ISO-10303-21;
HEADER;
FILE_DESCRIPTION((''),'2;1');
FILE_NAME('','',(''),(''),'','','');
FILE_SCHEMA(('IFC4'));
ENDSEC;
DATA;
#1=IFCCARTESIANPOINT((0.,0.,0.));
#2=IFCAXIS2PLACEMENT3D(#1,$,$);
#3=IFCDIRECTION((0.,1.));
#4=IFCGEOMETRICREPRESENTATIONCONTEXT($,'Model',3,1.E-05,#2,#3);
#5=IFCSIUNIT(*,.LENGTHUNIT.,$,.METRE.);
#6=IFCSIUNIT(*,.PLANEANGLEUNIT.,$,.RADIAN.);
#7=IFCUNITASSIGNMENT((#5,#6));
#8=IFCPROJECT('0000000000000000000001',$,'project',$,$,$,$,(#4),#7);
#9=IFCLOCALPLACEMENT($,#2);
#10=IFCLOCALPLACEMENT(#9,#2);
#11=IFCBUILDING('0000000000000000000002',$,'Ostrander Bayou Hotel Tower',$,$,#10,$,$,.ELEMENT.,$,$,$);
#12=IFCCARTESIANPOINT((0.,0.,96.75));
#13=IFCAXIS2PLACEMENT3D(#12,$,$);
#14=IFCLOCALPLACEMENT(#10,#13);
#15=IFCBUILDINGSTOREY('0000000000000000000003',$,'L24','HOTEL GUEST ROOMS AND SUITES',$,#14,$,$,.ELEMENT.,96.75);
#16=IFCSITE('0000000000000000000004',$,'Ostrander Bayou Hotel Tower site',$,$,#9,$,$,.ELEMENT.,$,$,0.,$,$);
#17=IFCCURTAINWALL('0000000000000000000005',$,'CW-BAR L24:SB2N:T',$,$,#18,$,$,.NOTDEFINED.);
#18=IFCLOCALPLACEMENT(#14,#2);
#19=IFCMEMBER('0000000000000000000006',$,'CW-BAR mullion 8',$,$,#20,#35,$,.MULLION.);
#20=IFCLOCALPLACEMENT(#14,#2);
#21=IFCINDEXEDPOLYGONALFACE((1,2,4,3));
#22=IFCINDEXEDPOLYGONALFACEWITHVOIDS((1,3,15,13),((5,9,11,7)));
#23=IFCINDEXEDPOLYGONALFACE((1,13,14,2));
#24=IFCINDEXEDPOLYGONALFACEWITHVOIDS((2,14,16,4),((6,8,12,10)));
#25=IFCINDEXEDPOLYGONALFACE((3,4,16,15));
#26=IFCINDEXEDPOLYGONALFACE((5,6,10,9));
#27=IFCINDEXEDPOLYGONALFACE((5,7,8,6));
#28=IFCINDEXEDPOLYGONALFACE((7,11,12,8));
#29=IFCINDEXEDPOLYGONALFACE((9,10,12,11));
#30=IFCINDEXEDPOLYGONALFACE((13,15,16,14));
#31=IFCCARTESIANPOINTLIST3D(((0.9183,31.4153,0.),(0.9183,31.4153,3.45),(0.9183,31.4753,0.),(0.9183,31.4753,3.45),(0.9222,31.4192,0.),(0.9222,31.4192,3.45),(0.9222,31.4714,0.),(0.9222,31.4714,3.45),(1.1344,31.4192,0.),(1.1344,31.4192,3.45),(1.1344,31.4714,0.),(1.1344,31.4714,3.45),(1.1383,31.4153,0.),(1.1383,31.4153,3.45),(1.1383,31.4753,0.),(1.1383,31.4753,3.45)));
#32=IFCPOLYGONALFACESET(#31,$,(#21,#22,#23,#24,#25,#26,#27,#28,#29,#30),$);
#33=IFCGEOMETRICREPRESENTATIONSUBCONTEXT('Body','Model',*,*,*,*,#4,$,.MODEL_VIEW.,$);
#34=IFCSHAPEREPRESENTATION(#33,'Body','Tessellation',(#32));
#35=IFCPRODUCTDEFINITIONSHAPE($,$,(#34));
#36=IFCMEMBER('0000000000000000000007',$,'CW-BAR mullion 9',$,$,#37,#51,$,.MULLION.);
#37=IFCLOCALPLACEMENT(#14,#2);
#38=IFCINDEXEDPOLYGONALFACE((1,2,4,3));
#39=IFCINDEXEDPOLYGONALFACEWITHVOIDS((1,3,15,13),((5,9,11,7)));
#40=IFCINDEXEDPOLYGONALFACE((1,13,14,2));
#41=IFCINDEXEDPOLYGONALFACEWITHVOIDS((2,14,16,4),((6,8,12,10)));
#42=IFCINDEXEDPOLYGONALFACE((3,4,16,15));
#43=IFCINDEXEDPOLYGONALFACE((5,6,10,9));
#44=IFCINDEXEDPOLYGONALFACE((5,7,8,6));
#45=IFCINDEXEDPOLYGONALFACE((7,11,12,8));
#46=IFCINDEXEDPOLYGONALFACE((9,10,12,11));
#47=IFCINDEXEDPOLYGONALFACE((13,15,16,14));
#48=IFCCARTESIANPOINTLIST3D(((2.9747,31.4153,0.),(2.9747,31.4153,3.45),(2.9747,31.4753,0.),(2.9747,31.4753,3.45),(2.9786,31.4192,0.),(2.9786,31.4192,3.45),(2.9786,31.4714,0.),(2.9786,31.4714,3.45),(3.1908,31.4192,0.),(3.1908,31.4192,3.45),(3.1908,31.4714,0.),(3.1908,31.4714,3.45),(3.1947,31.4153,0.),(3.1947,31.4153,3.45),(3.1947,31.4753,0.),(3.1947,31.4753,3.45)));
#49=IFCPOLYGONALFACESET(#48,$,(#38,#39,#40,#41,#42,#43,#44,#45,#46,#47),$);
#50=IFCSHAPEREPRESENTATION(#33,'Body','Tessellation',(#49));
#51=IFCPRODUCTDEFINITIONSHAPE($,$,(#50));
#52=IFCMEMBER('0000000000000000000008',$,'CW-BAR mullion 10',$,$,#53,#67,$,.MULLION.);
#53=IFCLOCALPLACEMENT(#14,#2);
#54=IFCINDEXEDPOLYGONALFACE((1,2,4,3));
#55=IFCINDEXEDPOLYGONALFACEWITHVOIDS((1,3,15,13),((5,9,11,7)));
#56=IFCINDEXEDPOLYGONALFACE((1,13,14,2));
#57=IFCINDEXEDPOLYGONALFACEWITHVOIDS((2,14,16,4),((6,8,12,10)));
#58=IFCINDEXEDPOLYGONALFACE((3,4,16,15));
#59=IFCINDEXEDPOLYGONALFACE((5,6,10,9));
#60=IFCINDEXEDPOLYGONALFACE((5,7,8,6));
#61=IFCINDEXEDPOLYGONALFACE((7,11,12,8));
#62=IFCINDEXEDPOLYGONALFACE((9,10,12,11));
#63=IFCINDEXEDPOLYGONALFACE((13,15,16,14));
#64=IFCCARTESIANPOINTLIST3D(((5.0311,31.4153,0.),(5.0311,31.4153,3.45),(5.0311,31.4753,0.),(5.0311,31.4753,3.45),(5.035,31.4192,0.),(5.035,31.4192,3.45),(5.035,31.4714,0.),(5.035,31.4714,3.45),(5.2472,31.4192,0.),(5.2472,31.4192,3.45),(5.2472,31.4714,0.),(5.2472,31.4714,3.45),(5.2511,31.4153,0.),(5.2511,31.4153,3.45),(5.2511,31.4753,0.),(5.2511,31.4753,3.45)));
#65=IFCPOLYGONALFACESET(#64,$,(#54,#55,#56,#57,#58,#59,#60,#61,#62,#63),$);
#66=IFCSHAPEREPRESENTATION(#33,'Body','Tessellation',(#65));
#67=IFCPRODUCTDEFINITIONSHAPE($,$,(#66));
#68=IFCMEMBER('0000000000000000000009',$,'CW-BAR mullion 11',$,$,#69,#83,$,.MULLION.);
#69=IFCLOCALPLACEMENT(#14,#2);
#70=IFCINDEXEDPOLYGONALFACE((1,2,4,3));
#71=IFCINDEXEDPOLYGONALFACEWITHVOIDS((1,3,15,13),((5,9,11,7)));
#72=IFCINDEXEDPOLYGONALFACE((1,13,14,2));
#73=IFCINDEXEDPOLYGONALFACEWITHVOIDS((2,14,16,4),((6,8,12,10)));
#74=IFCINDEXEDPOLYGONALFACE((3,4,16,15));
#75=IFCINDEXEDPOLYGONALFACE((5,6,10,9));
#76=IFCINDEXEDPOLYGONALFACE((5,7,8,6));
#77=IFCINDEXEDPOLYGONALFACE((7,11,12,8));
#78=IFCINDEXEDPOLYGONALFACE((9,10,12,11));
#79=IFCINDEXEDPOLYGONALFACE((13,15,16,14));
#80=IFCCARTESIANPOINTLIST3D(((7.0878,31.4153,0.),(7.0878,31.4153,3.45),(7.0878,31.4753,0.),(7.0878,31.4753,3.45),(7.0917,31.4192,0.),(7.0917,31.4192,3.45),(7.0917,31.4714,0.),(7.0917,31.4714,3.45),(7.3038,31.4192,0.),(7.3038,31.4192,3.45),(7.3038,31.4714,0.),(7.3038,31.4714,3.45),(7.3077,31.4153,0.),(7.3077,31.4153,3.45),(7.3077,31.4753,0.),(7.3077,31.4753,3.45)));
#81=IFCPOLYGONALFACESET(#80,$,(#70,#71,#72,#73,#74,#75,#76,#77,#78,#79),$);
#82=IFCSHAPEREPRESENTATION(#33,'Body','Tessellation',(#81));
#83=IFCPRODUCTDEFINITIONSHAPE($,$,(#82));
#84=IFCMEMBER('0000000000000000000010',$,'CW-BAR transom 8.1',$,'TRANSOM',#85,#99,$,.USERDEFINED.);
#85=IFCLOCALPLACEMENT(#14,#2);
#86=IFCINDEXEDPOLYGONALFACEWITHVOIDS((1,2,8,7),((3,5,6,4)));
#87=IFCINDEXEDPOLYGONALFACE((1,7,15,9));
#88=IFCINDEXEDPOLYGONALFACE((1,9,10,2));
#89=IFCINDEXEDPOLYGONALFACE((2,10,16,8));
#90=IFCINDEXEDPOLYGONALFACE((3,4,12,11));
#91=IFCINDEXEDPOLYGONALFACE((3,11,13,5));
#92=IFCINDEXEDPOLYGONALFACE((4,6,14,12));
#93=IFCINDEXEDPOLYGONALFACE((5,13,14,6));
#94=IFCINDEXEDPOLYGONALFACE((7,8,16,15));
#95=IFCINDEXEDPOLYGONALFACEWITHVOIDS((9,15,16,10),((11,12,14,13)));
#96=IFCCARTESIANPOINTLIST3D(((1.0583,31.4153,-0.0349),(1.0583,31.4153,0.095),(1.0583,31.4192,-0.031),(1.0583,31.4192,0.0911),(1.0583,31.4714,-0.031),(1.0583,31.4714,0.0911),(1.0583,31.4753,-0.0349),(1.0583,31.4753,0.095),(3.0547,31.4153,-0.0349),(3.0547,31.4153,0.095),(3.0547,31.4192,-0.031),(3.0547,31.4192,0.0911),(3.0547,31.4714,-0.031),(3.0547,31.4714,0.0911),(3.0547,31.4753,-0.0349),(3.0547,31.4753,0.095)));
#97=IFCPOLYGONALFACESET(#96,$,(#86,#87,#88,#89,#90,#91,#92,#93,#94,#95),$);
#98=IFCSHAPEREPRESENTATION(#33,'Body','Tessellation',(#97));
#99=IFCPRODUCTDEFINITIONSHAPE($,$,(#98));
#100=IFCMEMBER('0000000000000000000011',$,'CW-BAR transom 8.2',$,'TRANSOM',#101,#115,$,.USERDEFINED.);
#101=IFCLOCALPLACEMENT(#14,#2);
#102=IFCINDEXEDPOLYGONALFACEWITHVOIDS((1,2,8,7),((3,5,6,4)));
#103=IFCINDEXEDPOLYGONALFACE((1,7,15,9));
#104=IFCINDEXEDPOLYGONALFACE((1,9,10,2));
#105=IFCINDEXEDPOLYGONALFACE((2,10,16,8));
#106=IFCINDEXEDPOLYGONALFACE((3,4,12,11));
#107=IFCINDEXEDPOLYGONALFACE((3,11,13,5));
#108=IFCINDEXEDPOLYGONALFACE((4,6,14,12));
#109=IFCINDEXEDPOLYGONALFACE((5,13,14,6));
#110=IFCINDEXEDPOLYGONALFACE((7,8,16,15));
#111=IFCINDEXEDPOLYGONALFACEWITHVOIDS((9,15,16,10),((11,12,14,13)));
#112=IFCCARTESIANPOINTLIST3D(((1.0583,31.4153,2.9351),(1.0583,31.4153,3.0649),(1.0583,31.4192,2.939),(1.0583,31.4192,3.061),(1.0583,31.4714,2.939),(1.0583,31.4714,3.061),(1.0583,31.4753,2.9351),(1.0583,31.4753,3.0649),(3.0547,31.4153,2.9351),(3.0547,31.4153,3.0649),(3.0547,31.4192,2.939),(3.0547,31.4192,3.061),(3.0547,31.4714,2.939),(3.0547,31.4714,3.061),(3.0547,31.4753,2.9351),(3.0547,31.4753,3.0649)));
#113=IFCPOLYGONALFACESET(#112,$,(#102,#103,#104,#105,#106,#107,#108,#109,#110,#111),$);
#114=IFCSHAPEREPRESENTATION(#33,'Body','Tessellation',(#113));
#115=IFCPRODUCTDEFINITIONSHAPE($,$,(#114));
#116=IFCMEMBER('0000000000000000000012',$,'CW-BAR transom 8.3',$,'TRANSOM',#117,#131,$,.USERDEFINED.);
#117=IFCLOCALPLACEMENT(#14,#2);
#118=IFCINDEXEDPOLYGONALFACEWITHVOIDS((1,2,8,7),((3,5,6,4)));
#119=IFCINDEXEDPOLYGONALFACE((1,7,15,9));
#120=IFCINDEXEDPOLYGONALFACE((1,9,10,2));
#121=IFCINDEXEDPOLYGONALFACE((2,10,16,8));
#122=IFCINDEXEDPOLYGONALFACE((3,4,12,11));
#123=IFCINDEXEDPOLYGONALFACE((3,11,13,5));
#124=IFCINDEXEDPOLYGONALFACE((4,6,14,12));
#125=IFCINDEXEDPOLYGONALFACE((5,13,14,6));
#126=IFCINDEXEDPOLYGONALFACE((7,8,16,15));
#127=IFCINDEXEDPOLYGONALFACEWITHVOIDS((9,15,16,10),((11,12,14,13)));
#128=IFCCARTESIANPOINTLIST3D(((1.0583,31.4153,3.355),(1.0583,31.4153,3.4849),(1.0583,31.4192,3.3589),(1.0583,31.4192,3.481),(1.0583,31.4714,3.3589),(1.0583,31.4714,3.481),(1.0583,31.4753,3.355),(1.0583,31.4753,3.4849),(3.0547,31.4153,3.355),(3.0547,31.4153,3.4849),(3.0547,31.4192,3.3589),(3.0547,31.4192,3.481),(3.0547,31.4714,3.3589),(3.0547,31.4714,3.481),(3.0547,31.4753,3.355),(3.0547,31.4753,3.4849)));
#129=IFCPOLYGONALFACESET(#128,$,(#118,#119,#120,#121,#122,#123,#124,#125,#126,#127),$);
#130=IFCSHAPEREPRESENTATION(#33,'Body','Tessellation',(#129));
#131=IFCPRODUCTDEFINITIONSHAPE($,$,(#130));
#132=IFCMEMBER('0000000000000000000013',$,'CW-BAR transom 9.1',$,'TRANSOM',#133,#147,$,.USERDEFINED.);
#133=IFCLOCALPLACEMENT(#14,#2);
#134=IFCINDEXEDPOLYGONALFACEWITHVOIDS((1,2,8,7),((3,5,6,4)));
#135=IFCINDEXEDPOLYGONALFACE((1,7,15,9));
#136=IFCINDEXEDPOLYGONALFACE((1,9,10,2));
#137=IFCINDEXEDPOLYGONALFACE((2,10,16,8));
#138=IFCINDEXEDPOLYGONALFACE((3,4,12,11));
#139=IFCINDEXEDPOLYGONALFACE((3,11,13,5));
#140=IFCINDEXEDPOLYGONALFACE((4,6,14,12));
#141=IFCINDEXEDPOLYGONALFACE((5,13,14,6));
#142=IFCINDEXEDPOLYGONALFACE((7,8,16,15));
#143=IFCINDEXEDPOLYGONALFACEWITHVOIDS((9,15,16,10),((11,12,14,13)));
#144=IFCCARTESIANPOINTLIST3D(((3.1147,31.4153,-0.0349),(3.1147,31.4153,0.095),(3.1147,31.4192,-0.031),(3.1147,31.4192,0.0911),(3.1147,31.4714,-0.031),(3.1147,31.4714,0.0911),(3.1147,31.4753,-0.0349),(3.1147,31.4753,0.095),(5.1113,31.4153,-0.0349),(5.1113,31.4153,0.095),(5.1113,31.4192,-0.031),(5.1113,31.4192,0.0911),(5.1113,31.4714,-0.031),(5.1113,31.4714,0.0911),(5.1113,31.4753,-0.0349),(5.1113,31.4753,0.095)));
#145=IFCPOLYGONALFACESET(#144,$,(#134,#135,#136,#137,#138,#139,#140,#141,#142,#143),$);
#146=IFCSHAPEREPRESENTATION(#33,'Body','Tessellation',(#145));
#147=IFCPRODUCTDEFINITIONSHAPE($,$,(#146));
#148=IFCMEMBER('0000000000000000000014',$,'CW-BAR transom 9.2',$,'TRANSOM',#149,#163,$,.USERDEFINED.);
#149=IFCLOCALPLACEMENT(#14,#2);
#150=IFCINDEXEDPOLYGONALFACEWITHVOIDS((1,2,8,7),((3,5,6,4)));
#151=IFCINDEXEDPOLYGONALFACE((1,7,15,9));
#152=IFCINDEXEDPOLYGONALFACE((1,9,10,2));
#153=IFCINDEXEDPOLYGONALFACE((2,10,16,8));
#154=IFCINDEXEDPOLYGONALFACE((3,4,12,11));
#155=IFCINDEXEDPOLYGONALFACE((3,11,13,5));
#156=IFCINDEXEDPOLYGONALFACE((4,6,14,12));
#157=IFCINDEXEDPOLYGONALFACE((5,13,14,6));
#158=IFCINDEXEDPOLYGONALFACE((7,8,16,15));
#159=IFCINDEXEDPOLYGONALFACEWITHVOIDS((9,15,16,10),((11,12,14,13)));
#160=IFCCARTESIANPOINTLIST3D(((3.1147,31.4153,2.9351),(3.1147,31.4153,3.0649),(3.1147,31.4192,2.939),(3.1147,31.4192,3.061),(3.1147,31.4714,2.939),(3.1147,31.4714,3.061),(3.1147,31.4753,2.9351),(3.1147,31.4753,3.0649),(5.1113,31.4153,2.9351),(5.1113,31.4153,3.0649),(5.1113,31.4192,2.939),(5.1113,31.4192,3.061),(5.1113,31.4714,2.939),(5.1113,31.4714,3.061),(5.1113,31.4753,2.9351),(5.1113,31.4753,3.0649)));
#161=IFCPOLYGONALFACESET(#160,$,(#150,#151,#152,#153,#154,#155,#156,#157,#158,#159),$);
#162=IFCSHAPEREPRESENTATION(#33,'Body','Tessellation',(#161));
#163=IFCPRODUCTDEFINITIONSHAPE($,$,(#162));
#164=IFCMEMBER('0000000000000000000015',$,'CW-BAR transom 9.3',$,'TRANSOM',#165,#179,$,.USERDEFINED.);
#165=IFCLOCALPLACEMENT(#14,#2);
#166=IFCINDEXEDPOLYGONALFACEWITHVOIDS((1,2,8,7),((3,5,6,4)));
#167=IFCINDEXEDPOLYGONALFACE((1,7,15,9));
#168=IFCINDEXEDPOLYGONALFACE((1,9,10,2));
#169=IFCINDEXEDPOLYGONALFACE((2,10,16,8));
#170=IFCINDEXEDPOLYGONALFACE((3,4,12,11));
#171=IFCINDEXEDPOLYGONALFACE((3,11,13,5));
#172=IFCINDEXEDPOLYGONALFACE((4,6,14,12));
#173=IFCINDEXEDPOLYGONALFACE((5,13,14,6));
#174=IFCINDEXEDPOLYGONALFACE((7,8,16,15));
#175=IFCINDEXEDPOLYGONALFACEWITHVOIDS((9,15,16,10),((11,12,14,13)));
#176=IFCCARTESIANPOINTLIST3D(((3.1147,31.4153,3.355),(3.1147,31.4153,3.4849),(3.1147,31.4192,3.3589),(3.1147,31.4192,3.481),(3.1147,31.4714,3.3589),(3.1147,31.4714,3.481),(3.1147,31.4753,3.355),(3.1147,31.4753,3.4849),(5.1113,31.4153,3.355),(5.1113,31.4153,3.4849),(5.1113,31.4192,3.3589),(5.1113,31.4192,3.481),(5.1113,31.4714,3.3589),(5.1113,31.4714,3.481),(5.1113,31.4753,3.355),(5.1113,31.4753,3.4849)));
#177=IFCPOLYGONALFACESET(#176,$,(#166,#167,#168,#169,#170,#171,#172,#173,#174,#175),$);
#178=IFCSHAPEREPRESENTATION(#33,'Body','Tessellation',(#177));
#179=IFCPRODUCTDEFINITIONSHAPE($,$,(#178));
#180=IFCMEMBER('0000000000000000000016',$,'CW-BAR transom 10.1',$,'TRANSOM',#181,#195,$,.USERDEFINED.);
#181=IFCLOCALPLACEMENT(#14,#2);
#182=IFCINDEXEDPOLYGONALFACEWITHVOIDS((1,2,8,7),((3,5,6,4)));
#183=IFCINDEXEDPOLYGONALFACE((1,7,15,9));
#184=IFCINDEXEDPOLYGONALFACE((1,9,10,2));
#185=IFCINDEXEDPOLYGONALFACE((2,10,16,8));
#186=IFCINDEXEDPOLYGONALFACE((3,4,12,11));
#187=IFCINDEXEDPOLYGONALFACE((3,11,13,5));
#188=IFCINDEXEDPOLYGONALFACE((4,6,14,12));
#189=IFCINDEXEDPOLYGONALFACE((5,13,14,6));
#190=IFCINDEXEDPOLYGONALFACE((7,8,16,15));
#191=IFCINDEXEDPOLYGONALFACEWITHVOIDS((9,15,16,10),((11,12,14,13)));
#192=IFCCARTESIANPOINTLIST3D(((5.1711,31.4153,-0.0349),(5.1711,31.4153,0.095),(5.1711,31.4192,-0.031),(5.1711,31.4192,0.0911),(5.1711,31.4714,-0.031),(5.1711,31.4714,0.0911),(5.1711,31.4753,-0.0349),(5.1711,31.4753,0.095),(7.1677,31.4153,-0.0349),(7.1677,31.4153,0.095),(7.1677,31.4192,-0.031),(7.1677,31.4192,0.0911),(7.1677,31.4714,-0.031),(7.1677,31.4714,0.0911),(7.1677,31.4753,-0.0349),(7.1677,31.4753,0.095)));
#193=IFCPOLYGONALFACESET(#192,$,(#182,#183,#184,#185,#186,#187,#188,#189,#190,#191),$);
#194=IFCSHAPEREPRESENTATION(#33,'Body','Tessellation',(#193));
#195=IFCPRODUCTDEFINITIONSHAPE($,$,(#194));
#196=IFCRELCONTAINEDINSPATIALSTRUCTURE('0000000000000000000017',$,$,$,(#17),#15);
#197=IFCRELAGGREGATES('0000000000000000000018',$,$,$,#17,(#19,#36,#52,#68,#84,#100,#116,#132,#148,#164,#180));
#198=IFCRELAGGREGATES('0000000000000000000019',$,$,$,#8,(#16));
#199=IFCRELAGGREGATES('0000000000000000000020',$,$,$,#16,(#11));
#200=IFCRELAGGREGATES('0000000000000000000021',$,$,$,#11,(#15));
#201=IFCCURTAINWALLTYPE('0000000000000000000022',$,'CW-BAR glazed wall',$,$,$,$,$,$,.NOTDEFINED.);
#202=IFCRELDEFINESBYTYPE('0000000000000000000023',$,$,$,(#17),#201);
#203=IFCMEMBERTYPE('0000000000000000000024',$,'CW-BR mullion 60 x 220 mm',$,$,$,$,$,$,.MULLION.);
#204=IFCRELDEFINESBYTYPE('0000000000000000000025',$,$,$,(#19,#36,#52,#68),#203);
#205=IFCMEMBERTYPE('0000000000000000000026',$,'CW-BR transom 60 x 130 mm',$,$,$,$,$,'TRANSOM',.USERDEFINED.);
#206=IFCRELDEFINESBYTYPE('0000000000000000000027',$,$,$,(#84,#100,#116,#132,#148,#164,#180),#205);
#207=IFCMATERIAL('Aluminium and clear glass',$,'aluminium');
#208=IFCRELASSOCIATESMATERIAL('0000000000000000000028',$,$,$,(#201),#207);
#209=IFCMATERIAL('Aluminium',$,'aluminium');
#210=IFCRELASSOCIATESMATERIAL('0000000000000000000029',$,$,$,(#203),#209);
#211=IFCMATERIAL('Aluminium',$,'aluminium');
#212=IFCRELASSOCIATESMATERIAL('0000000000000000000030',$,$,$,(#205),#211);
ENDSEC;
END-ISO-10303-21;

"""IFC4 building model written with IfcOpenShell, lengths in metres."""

from ifc_helpers import new_model, si_unit, direction, frame, origin, origin_2d, place, context, subcontext, project, spatial, hollow_rectangle, extrude, material, material_profile, profile_set, type_object, element, aggregate, save


model = new_model("IFC4")

# Units and contexts
model_context = context("Model", 3, precision=1e-05, world=origin(), true_north=direction((0.0, 1.0)))
body_context = subcontext(model_context, "Body", "Model", "MODEL_VIEW")
ifc_project = project(units=[si_unit("LENGTHUNIT", "METRE"), si_unit("PLANEANGLEUNIT", "RADIAN")], contexts=[model_context])

# Site, building, storey
site_placement = place(None, origin())
site = spatial("IfcSite", under=ifc_project, at=site_placement, Name="Ostrander Bayou Hotel Tower site", CompositionType="ELEMENT", RefElevation=0.0)
building_placement = place(site_placement, origin())
building = spatial("IfcBuilding", under=site, at=building_placement, Name="Ostrander Bayou Hotel Tower", CompositionType="ELEMENT")
storey_placement = place(building_placement, frame((0.0, 0.0, 96.75)))
storey = spatial("IfcBuildingStorey", under=building, at=storey_placement, Name="L24", Description="HOTEL GUEST ROOMS AND SUITES", CompositionType="ELEMENT", Elevation=96.75)

# Curtain wall, members
ifc_material_1 = material(Name="Aluminium and clear glass", Category="aluminium")
curtain_wall_type = type_object("IfcCurtainWallType", Name="CW-BAR glazed wall", PredefinedType="NOTDEFINED", material=ifc_material_1)
curtain_wall_placement = place(storey_placement, origin())
curtain_wall = element("IfcCurtainWall", 1, at=curtain_wall_placement, inside=storey, type_object=curtain_wall_type, Name="CW-BAR L24:SB2N:T", PredefinedType="NOTDEFINED")
ifc_material_2 = material(Name="Aluminium", Category="aluminium")
ifc_material_profile_1 = material_profile(ifc_material_2, hollow_rectangle(XDim=0.0601, YDim=0.22, WallThickness=0.0039, at=origin_2d()))
ifc_profile_set_1 = profile_set([ifc_material_profile_1], Name="Aluminium")
member_type_1 = type_object("IfcMemberType", Name="CW-BR mullion 60 x 220 mm", PredefinedType="MULLION", material=ifc_profile_set_1)
member_1_placement = place(storey_placement, frame((1.0283, 31.4453, 0.0), z_axis=(0.0, 0.0, 1.0), x_axis=(0.0, 1.0, 0.0)))
member_1 = element("IfcMember", 2, at=member_1_placement, type_object=member_type_1, Name="CW-BAR mullion 8", PredefinedType="MULLION", context=body_context, shape_type="SweptSolid", body=[
    extrude(hollow_rectangle(XDim=0.0601, YDim=0.22, WallThickness=0.0039, at=origin_2d()), origin(), (0.0, 0.0, 1.0), 3.45),
])
member_2_placement = place(storey_placement, frame((3.0847, 31.4453, 0.0), z_axis=(0.0, 0.0, 1.0), x_axis=(0.0, 1.0, 0.0)))
member_2 = element("IfcMember", 3, at=member_2_placement, type_object=member_type_1, Name="CW-BAR mullion 9", PredefinedType="MULLION", context=body_context, shape_type="SweptSolid", body=[
    extrude(hollow_rectangle(XDim=0.0601, YDim=0.22, WallThickness=0.0039, at=origin_2d()), origin(), (0.0, 0.0, 1.0), 3.45),
])
member_3_placement = place(storey_placement, frame((5.1411, 31.4453, 0.0), z_axis=(0.0, 0.0, 1.0), x_axis=(0.0, 1.0, 0.0)))
member_3 = element("IfcMember", 4, at=member_3_placement, type_object=member_type_1, Name="CW-BAR mullion 10", PredefinedType="MULLION", context=body_context, shape_type="SweptSolid", body=[
    extrude(hollow_rectangle(XDim=0.0601, YDim=0.22, WallThickness=0.0039, at=origin_2d()), origin(), (0.0, 0.0, 1.0), 3.45),
])
member_4_placement = place(storey_placement, frame((7.1978, 31.4453, 0.0), z_axis=(0.0, 0.0, 1.0), x_axis=(0.0, 1.0, 0.0)))
member_4 = element("IfcMember", 5, at=member_4_placement, type_object=member_type_1, Name="CW-BAR mullion 11", PredefinedType="MULLION", context=body_context, shape_type="SweptSolid", body=[
    extrude(hollow_rectangle(XDim=0.0601, YDim=0.22, WallThickness=0.0039, at=origin_2d()), origin(), (0.0, 0.0, 1.0), 3.45),
])
ifc_material_3 = material(Name="Aluminium", Category="aluminium")
ifc_material_profile_2 = material_profile(ifc_material_3, hollow_rectangle(XDim=0.0601, YDim=0.1299, WallThickness=0.0039, at=origin_2d()))
ifc_profile_set_2 = profile_set([ifc_material_profile_2], Name="Aluminium")
member_type_2 = type_object("IfcMemberType", Name="CW-BR transom 60 x 130 mm", ElementType="TRANSOM", PredefinedType="USERDEFINED", material=ifc_profile_set_2)
member_5_placement = place(storey_placement, frame((1.0583, 31.4453, 0.03), z_axis=(1.0, 0.0, 0.0), x_axis=(0.0, 1.0, 0.0)))
member_5 = element("IfcMember", 6, at=member_5_placement, type_object=member_type_2, Name="CW-BAR transom 8.1", ObjectType="TRANSOM", PredefinedType="USERDEFINED", context=body_context, shape_type="SweptSolid", body=[
    extrude(hollow_rectangle(XDim=0.0601, YDim=0.1299, WallThickness=0.0039, at=origin_2d()), origin(), (0.0, 0.0, 1.0), 1.9963),
])
member_6_placement = place(storey_placement, frame((1.0583, 31.4453, 3.0), z_axis=(1.0, 0.0, 0.0), x_axis=(0.0, 1.0, 0.0)))
member_6 = element("IfcMember", 7, at=member_6_placement, type_object=member_type_2, Name="CW-BAR transom 8.2", ObjectType="TRANSOM", PredefinedType="USERDEFINED", context=body_context, shape_type="SweptSolid", body=[
    extrude(hollow_rectangle(XDim=0.0601, YDim=0.1299, WallThickness=0.0039, at=origin_2d()), origin(), (0.0, 0.0, 1.0), 1.9963),
])
member_7_placement = place(storey_placement, frame((1.0583, 31.4453, 3.4199), z_axis=(1.0, 0.0, 0.0), x_axis=(0.0, 1.0, 0.0)))
member_7 = element("IfcMember", 8, at=member_7_placement, type_object=member_type_2, Name="CW-BAR transom 8.3", ObjectType="TRANSOM", PredefinedType="USERDEFINED", context=body_context, shape_type="SweptSolid", body=[
    extrude(hollow_rectangle(XDim=0.0601, YDim=0.1299, WallThickness=0.0039, at=origin_2d()), origin(), (0.0, 0.0, 1.0), 1.9963),
])
member_8_placement = place(storey_placement, frame((3.1147, 31.4453, 0.03), z_axis=(1.0, 0.0, 0.0), x_axis=(0.0, 1.0, 0.0)))
member_8 = element("IfcMember", 9, at=member_8_placement, type_object=member_type_2, Name="CW-BAR transom 9.1", ObjectType="TRANSOM", PredefinedType="USERDEFINED", context=body_context, shape_type="SweptSolid", body=[
    extrude(hollow_rectangle(XDim=0.0601, YDim=0.1299, WallThickness=0.0039, at=origin_2d()), origin(), (0.0, 0.0, 1.0), 1.9966),
])
member_9_placement = place(storey_placement, frame((3.1147, 31.4453, 3.0), z_axis=(1.0, 0.0, 0.0), x_axis=(0.0, 1.0, 0.0)))
member_9 = element("IfcMember", 10, at=member_9_placement, type_object=member_type_2, Name="CW-BAR transom 9.2", ObjectType="TRANSOM", PredefinedType="USERDEFINED", context=body_context, shape_type="SweptSolid", body=[
    extrude(hollow_rectangle(XDim=0.0601, YDim=0.1299, WallThickness=0.0039, at=origin_2d()), origin(), (0.0, 0.0, 1.0), 1.9966),
])
member_10_placement = place(storey_placement, frame((3.1147, 31.4453, 3.4199), z_axis=(1.0, 0.0, 0.0), x_axis=(0.0, 1.0, 0.0)))
member_10 = element("IfcMember", 11, at=member_10_placement, type_object=member_type_2, Name="CW-BAR transom 9.3", ObjectType="TRANSOM", PredefinedType="USERDEFINED", context=body_context, shape_type="SweptSolid", body=[
    extrude(hollow_rectangle(XDim=0.0601, YDim=0.1299, WallThickness=0.0039, at=origin_2d()), origin(), (0.0, 0.0, 1.0), 1.9966),
])
member_11_placement = place(storey_placement, frame((5.1711, 31.4453, 0.03), z_axis=(1.0, 0.0, 0.0), x_axis=(0.0, 1.0, 0.0)))
member_11 = element("IfcMember", 12, at=member_11_placement, type_object=member_type_2, Name="CW-BAR transom 10.1", ObjectType="TRANSOM", PredefinedType="USERDEFINED", context=body_context, shape_type="SweptSolid", body=[
    extrude(hollow_rectangle(XDim=0.0601, YDim=0.1299, WallThickness=0.0039, at=origin_2d()), origin(), (0.0, 0.0, 1.0), 1.9966),
])
aggregate(curtain_wall, [member_1, member_2, member_3, member_4, member_5, member_6, member_7, member_8, member_9, member_10, member_11])

save(model, "model.ifc")
